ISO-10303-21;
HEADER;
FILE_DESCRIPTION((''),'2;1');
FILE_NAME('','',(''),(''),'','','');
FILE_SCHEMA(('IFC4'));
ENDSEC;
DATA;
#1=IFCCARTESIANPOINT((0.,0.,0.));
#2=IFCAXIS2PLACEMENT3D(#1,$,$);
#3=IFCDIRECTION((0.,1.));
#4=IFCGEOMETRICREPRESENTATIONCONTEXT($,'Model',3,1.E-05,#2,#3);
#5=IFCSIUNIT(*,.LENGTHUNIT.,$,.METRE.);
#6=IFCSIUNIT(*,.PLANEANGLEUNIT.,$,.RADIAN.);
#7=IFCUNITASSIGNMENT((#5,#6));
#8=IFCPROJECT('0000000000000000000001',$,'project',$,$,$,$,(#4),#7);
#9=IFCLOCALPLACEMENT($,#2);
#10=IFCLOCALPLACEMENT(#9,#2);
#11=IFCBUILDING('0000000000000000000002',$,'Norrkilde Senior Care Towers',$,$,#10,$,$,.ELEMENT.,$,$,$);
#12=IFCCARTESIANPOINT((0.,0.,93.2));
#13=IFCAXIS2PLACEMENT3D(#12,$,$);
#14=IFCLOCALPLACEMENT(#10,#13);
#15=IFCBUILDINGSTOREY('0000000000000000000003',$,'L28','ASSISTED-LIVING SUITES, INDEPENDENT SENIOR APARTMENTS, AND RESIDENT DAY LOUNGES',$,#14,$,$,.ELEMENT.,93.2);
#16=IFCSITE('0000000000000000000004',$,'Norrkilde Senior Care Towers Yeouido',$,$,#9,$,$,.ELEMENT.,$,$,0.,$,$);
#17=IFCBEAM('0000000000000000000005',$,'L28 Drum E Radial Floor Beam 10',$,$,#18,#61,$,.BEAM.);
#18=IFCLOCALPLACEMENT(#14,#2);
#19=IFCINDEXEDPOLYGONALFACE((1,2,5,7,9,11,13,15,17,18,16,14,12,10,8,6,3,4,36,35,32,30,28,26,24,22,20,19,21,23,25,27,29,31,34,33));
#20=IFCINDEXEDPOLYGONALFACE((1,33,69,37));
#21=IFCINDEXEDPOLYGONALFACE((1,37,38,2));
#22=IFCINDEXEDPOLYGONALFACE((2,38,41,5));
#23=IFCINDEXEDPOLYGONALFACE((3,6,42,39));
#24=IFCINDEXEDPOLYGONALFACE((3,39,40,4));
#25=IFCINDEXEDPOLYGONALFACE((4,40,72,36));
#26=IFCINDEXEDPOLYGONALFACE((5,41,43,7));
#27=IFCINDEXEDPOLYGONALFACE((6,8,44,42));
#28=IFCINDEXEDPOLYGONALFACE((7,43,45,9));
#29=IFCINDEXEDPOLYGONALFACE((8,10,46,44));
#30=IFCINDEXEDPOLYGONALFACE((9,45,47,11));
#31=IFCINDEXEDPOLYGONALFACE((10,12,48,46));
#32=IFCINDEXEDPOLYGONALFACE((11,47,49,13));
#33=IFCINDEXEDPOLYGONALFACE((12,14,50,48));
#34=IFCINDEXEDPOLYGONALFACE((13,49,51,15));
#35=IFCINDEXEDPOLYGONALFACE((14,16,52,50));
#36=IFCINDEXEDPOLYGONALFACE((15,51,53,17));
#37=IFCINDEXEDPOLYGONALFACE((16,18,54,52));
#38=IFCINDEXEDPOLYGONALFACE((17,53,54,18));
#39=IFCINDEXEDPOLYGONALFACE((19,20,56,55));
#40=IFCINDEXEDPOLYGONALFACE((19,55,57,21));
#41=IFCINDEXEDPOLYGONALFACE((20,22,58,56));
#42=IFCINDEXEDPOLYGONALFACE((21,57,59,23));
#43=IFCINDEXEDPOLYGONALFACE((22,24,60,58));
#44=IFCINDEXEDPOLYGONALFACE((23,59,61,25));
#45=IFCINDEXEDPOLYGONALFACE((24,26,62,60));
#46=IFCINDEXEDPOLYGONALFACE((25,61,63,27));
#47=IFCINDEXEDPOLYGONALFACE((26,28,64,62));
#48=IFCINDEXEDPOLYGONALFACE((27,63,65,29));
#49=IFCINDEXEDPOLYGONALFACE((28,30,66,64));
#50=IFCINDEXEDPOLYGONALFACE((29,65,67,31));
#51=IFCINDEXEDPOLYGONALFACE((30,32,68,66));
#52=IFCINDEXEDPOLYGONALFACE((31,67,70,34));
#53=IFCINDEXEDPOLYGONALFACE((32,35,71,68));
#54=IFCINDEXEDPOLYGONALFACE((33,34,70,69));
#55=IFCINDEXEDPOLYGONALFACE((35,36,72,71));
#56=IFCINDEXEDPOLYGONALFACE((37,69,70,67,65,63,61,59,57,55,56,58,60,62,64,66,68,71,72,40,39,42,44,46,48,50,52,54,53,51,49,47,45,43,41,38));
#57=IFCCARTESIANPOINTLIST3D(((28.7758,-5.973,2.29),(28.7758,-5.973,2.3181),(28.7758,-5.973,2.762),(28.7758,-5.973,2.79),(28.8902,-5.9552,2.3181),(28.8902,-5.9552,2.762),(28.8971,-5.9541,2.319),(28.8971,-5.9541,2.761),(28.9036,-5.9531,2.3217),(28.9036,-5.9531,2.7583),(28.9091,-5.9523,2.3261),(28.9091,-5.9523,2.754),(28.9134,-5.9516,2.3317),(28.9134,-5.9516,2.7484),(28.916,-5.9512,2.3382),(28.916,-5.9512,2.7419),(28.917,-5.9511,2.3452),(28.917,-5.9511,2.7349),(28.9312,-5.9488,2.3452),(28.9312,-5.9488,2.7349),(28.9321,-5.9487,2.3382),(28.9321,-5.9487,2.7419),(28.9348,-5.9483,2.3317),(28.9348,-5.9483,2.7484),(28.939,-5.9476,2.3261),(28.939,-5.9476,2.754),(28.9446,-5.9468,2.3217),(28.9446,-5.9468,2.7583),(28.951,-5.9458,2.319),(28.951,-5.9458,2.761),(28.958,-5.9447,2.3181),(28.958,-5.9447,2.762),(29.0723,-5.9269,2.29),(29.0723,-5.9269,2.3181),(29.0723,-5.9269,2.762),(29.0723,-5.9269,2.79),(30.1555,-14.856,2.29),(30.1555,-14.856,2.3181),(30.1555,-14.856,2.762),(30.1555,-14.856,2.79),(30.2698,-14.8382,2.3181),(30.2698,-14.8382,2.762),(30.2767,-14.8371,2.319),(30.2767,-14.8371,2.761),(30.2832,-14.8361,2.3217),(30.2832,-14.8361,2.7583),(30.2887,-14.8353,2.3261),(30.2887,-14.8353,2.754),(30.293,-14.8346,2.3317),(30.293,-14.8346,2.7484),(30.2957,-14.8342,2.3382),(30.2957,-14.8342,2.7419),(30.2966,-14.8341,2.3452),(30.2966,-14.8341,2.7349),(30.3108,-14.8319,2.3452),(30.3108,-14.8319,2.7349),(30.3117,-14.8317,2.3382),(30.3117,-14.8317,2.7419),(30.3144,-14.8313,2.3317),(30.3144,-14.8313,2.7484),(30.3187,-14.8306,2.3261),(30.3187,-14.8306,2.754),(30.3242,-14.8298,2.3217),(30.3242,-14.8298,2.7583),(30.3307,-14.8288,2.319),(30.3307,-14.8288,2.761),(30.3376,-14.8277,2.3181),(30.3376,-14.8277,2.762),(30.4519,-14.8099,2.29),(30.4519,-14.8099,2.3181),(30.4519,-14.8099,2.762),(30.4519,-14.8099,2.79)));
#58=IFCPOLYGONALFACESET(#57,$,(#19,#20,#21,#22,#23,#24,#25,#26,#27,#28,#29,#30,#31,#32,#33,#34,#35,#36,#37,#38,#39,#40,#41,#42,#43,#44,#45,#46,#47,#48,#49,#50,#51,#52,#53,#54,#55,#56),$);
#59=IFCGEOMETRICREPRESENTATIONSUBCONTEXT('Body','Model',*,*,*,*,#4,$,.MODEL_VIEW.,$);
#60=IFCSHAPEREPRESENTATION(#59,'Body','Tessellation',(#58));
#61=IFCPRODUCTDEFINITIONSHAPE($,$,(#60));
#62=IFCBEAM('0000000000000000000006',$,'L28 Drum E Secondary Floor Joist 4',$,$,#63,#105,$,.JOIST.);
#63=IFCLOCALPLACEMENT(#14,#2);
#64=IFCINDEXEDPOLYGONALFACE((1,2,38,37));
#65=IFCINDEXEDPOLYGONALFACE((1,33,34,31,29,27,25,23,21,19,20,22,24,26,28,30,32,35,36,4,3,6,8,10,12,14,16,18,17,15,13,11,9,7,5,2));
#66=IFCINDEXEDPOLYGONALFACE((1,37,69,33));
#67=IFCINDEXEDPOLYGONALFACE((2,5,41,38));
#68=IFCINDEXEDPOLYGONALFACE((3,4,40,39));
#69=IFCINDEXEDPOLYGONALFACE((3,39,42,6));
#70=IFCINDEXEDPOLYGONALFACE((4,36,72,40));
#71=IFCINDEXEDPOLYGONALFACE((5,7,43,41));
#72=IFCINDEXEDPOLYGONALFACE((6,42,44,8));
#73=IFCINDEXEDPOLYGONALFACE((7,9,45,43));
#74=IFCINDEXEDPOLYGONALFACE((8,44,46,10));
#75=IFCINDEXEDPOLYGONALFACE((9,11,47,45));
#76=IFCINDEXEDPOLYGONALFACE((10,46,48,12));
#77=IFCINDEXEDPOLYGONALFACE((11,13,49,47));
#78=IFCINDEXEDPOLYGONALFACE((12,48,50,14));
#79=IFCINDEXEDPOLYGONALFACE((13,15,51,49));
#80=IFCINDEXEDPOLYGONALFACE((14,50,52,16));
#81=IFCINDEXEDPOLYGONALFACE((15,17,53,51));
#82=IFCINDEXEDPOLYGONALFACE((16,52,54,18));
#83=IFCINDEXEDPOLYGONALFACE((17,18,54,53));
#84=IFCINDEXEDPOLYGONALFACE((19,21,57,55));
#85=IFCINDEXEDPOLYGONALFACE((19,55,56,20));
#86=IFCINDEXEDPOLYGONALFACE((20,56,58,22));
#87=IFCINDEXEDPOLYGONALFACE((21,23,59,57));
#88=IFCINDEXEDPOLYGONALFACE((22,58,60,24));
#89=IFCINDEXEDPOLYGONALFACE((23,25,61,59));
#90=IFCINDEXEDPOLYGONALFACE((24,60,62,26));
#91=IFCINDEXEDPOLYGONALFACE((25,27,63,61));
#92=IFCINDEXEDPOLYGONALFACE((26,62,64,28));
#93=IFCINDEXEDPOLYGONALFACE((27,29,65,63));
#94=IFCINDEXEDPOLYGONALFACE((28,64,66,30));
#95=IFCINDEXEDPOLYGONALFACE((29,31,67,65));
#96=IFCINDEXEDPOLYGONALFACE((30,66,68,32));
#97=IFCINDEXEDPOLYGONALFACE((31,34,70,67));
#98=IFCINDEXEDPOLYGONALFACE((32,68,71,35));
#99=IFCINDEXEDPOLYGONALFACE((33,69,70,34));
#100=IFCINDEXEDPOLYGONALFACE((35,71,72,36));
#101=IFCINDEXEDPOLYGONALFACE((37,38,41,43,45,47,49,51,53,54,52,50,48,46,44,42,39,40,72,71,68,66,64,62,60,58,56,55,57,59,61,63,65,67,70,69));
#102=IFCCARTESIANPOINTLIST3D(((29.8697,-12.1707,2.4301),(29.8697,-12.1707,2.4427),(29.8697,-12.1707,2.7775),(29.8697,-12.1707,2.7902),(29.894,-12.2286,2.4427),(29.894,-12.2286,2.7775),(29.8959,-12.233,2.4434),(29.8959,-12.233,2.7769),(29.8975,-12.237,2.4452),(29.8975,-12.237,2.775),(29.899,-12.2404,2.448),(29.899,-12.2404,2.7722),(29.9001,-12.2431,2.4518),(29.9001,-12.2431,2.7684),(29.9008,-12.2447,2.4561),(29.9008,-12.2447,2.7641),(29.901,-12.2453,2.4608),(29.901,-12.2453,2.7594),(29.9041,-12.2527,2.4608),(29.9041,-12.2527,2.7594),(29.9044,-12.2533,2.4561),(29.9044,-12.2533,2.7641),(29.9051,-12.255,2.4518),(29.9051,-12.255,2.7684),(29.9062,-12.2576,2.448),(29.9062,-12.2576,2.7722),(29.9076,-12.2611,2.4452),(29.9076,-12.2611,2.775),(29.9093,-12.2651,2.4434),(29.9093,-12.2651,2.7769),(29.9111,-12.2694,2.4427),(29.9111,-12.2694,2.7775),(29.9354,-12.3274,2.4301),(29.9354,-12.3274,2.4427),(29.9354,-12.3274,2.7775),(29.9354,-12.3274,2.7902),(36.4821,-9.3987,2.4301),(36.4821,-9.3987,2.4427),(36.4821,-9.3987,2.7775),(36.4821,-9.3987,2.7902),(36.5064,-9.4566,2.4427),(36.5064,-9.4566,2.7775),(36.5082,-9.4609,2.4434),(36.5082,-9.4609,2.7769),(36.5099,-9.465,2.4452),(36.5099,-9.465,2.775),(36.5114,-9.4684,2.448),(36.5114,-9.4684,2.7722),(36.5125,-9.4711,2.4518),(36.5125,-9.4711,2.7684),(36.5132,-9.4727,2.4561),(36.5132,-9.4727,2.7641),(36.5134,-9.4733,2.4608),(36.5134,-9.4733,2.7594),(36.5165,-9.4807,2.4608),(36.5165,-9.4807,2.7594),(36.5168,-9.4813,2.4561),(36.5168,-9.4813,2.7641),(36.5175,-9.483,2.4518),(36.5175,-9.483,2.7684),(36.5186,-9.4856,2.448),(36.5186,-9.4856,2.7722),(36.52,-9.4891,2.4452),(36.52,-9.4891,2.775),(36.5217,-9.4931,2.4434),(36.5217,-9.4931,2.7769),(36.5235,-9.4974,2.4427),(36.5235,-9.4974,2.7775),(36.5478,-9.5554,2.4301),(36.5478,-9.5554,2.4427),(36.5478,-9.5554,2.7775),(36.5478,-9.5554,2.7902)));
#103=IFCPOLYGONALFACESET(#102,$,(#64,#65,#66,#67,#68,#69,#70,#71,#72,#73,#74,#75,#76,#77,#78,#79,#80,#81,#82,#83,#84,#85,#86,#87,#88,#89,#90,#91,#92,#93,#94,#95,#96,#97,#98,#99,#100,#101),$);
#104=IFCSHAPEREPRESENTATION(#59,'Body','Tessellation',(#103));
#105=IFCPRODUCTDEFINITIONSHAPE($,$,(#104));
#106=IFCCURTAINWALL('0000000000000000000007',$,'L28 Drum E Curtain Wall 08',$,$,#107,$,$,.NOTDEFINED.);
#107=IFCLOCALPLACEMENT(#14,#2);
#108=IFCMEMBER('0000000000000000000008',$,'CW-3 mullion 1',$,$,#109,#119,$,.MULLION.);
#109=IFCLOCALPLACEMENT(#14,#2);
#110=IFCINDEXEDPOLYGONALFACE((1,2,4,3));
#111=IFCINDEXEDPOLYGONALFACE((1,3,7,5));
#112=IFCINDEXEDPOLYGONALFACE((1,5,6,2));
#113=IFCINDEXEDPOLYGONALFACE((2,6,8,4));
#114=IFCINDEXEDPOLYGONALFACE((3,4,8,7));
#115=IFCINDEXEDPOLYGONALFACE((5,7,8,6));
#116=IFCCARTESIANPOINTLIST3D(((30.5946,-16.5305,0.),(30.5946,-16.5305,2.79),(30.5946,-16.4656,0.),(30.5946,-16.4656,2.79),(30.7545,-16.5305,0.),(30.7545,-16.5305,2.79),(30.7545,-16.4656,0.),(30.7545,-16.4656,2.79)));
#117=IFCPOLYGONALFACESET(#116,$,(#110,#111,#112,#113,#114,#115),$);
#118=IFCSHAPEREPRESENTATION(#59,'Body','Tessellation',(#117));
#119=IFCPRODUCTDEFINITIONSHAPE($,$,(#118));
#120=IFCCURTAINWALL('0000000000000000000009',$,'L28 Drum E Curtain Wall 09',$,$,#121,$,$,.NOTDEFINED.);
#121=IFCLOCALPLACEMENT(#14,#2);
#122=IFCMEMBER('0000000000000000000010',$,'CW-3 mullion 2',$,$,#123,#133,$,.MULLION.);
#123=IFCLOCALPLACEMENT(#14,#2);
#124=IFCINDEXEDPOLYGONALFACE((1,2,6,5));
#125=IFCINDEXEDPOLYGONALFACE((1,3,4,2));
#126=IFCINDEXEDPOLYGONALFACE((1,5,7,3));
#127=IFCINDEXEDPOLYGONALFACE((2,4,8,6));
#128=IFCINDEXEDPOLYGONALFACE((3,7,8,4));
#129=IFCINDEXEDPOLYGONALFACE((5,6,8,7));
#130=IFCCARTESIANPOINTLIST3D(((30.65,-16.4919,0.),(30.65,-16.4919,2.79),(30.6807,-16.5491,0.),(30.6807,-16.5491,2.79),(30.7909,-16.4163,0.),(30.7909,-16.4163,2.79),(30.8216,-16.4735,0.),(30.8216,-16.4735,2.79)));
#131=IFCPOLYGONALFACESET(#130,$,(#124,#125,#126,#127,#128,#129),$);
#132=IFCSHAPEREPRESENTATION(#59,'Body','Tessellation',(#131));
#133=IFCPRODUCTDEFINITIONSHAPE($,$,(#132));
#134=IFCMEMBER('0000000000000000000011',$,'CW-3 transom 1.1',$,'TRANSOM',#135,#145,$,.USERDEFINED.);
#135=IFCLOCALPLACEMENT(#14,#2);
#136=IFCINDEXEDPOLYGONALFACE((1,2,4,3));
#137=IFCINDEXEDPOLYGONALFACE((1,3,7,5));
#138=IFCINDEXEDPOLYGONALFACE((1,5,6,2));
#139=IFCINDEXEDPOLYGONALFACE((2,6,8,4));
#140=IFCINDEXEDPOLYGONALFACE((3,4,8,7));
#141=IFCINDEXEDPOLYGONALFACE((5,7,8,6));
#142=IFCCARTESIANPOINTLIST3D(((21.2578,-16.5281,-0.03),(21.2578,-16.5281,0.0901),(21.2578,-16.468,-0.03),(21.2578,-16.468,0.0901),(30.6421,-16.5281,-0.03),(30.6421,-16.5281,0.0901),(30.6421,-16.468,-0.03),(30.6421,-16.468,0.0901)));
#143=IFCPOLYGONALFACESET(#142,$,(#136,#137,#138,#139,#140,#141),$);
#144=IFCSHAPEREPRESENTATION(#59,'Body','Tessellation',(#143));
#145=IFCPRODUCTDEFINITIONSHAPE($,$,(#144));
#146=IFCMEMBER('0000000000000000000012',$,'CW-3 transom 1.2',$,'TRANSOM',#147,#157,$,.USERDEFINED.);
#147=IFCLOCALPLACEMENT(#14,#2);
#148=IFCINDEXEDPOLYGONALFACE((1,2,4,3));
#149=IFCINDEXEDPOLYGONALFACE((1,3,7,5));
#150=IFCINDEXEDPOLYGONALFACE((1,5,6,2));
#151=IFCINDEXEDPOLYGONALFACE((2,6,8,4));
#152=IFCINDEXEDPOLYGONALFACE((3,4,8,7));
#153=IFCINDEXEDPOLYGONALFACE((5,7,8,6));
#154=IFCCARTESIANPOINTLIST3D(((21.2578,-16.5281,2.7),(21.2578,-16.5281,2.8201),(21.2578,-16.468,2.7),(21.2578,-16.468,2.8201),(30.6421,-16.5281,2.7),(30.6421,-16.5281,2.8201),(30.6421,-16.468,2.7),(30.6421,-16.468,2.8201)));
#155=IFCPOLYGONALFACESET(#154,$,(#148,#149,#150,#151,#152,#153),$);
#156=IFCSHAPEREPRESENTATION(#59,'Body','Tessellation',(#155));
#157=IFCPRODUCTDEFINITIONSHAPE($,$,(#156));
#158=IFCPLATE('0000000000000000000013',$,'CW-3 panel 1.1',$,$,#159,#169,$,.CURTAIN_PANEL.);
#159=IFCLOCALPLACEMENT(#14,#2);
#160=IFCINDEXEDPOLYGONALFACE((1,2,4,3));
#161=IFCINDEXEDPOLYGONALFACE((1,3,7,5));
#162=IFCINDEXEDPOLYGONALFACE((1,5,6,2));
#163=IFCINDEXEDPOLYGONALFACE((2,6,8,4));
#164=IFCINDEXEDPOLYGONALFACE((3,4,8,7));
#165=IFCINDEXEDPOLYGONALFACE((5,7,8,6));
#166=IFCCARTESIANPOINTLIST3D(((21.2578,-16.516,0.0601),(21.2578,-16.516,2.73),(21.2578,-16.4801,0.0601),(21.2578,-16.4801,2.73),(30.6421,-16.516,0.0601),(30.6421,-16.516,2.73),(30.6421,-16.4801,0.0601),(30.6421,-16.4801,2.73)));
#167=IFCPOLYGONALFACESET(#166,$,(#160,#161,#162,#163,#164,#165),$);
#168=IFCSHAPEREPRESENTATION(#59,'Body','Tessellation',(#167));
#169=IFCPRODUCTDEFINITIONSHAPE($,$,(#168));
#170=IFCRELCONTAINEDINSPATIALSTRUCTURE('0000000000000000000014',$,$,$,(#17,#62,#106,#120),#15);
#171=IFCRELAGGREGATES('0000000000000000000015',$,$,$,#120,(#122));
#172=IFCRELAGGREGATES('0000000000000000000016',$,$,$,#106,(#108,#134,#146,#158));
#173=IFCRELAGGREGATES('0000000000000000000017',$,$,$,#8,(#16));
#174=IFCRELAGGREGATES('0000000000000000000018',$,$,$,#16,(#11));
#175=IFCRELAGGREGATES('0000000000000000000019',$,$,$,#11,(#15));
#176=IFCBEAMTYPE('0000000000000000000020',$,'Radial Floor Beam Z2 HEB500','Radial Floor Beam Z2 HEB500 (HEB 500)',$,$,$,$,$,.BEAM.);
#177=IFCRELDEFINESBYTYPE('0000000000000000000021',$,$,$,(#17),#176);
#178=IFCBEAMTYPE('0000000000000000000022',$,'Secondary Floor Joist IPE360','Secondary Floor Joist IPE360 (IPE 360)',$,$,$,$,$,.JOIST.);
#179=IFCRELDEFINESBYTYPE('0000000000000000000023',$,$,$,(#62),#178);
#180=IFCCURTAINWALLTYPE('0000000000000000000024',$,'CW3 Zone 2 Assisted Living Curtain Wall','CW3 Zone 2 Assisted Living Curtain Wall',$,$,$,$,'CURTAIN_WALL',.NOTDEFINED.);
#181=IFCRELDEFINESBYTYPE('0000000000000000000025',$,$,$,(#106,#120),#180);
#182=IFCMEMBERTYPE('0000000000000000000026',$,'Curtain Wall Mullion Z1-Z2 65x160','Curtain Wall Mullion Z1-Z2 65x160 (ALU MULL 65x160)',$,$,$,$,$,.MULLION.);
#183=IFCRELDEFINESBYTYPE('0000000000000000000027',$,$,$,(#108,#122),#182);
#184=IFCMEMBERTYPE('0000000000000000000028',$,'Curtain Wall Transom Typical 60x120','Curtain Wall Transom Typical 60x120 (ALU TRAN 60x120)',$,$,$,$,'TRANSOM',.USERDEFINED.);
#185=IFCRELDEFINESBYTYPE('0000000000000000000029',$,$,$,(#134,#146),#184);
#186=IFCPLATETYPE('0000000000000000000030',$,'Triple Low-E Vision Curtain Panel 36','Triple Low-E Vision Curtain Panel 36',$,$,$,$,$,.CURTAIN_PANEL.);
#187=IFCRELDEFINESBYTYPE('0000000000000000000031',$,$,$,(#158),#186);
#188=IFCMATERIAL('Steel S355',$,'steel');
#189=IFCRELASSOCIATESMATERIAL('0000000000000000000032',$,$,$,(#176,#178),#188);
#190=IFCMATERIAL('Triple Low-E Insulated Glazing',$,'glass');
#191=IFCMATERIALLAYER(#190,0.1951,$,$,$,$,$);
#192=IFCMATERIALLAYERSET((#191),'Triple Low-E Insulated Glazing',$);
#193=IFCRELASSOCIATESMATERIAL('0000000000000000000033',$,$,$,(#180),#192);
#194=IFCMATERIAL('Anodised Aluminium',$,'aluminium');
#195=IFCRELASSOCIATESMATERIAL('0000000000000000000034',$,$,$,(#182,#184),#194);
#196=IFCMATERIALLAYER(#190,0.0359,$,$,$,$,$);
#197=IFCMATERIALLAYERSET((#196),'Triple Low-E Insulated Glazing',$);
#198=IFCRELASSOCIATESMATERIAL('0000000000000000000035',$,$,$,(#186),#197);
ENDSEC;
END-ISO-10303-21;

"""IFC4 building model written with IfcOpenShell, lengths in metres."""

from ifc_helpers import new_model, si_unit, direction, frame, origin, origin_2d, place, context, subcontext, project, spatial, rectangle, i_section, extrude, source, transform, mapped, material, layer, layer_set, material_profile, profile_set, type_object, type_shapes, element, aggregate, save


model = new_model("IFC4")

# Units and contexts
model_context = context("Model", 3, precision=1e-05, world=origin(), true_north=direction((0.0, 1.0)))
body_context = subcontext(model_context, "Body", "Model", "MODEL_VIEW")
ifc_project = project(units=[si_unit("LENGTHUNIT", "METRE"), si_unit("PLANEANGLEUNIT", "RADIAN")], contexts=[model_context])

# Site, building, storey
site_placement = place(None, origin())
site = spatial("IfcSite", under=ifc_project, at=site_placement, Name="Norrkilde Senior Care Towers Yeouido", CompositionType="ELEMENT", RefElevation=0.0)
building_placement = place(site_placement, origin())
building = spatial("IfcBuilding", under=site, at=building_placement, Name="Norrkilde Senior Care Towers", CompositionType="ELEMENT")
storey_placement = place(building_placement, frame((0.0, 0.0, 93.2)))
storey = spatial("IfcBuildingStorey", under=building, at=storey_placement, Name="L28", Description="ASSISTED-LIVING SUITES, INDEPENDENT SENIOR APARTMENTS, AND RESIDENT DAY LOUNGES", CompositionType="ELEMENT", Elevation=93.2)

# Beams
ifc_material_1 = material(Name="Steel S355", Category="steel")
ifc_material_profile_1 = material_profile(ifc_material_1, i_section(OverallWidth=0.3, OverallDepth=0.5, WebThickness=0.0144, FlangeThickness=0.0281, FilletRadius=0.0271, at=origin_2d()), Name="HEB 500")
ifc_profile_set_1 = profile_set([ifc_material_profile_1], Name="Steel S355")
beam_type_1 = type_object("IfcBeamType", Name="Radial Floor Beam Z2 HEB500", Description="Radial Floor Beam Z2 HEB500 (HEB 500)", PredefinedType="BEAM", material=ifc_profile_set_1)
shared_shape_1 = source(origin(), body_context, "Body", "SweptSolid", [
    extrude(i_section(OverallWidth=0.3, OverallDepth=0.5, WebThickness=0.0144, FlangeThickness=0.0281, FilletRadius=0.0271, at=origin_2d()), origin(), (0.0, 0.0, 1.0), 8.9895),
])
beam_1_placement = place(storey_placement, frame((28.9241, -5.95, 2.54), z_axis=(0.153471, -0.988153, 0.0), x_axis=(0.988153, 0.153471, 0.0)))
element("IfcBeam", 1, at=beam_1_placement, inside=storey, type_object=beam_type_1, Name="L28 Drum E Radial Floor Beam 10", PredefinedType="BEAM", context=body_context, shape_type="MappedRepresentation", body=[
    mapped(shared_shape_1, transform((0.0, 0.0, 0.0), x_axis=(1.0, 0.0, 0.0), y_axis=(0.0, 1.0, 0.0), z_axis=(0.0, 0.0, 1.0), scale=1.0)),
])
ifc_material_profile_2 = material_profile(ifc_material_1, i_section(OverallWidth=0.1699, OverallDepth=0.3601, WebThickness=0.0081, FlangeThickness=0.0127, FilletRadius=0.0181, at=origin_2d()), Name="IPE 360")
ifc_profile_set_2 = profile_set([ifc_material_profile_2], Name="Steel S355")
beam_type_2 = type_object("IfcBeamType", Name="Secondary Floor Joist IPE360", Description="Secondary Floor Joist IPE360 (IPE 360)", PredefinedType="JOIST", material=ifc_profile_set_2)
shared_shape_2 = source(origin(), body_context, "Body", "SweptSolid", [
    extrude(i_section(OverallWidth=0.1699, OverallDepth=0.3601, WebThickness=0.0081, FlangeThickness=0.0127, FilletRadius=0.0181, at=origin_2d()), origin(), (0.0, 0.0, 1.0), 7.1699),
])
type_shapes(beam_type_2, [shared_shape_2])
beam_2_placement = place(storey_placement, frame((29.9026, -12.249, 2.6101), z_axis=(0.922241, 0.386616, 0.0), x_axis=(-0.386616, 0.922241, 0.0)))
element("IfcBeam", 2, at=beam_2_placement, inside=storey, type_object=beam_type_2, Name="L28 Drum E Secondary Floor Joist 4", PredefinedType="JOIST", context=body_context, shape_type="MappedRepresentation", body=[
    mapped(shared_shape_2, transform((0.0, 0.0, 0.0), x_axis=(1.0, 0.0, 0.0), y_axis=(0.0, 1.0, 0.0), z_axis=(0.0, 0.0, 1.0), scale=1.0)),
])

# Curtain walls, members
ifc_material_2 = material(Name="Triple Low-E Insulated Glazing", Category="glass")
ifc_layer_1 = layer(ifc_material_2, 0.1951)
ifc_layer_set_1 = layer_set([ifc_layer_1], Name="Triple Low-E Insulated Glazing")
curtain_wall_type = type_object("IfcCurtainWallType", Name="CW3 Zone 2 Assisted Living Curtain Wall", Description="CW3 Zone 2 Assisted Living Curtain Wall", ElementType="CURTAIN_WALL", PredefinedType="NOTDEFINED", material=ifc_layer_set_1)
curtain_wall_1_placement = place(storey_placement, origin())
curtain_wall_1 = element("IfcCurtainWall", 3, at=curtain_wall_1_placement, inside=storey, type_object=curtain_wall_type, Name="L28 Drum E Curtain Wall 08", PredefinedType="NOTDEFINED")
ifc_material_3 = material(Name="Anodised Aluminium", Category="aluminium")
ifc_material_profile_3 = material_profile(ifc_material_3, rectangle(XDim=0.0649, YDim=0.1599, at=origin_2d()), Name="ALU MULL 65x160")
ifc_profile_set_3 = profile_set([ifc_material_profile_3], Name="Anodised Aluminium")
member_type_1 = type_object("IfcMemberType", Name="Curtain Wall Mullion Z1-Z2 65x160", Description="Curtain Wall Mullion Z1-Z2 65x160 (ALU MULL 65x160)", PredefinedType="MULLION", material=ifc_profile_set_3)
shared_shape_3 = source(origin(), body_context, "Body", "SweptSolid", [
    extrude(rectangle(XDim=0.0649, YDim=0.1599, at=origin_2d()), origin(), (0.0, 0.0, 1.0), 2.79),
])
type_shapes(member_type_1, [shared_shape_3])
member_1_placement = place(storey_placement, frame((30.6746, -16.498, 0.0), z_axis=(0.0, 0.0, 1.0), x_axis=(0.0, -1.0, 0.0)))
member_1 = element("IfcMember", 4, at=member_1_placement, type_object=member_type_1, Name="CW-3 mullion 1", PredefinedType="MULLION", context=body_context, shape_type="MappedRepresentation", body=[
    mapped(shared_shape_3, transform((0.0, 0.0, 0.0), x_axis=(1.0, 0.0, 0.0), y_axis=(0.0, 1.0, 0.0), z_axis=(0.0, 0.0, 1.0), scale=1.0)),
])
curtain_wall_2_placement = place(storey_placement, origin())
curtain_wall_2 = element("IfcCurtainWall", 5, at=curtain_wall_2_placement, inside=storey, type_object=curtain_wall_type, Name="L28 Drum E Curtain Wall 09", PredefinedType="NOTDEFINED")
member_2_placement = place(storey_placement, frame((30.7358, -16.4827, 0.0), z_axis=(0.0, 0.0, 1.0), x_axis=(0.472769, -0.881186, 0.0)))
member_2 = element("IfcMember", 6, at=member_2_placement, type_object=member_type_1, Name="CW-3 mullion 2", PredefinedType="MULLION", context=body_context, shape_type="MappedRepresentation", body=[
    mapped(shared_shape_3, transform((0.0, 0.0, 0.0), x_axis=(1.0, 0.0, 0.0), y_axis=(0.0, 1.0, 0.0), z_axis=(0.0, 0.0, 1.0), scale=1.0)),
])
aggregate(curtain_wall_2, [member_2])

# Members
ifc_material_profile_4 = material_profile(ifc_material_3, rectangle(XDim=0.0601, YDim=0.1201, at=origin_2d()), Name="ALU TRAN 60x120")
ifc_profile_set_4 = profile_set([ifc_material_profile_4], Name="Anodised Aluminium")
member_type_2 = type_object("IfcMemberType", Name="Curtain Wall Transom Typical 60x120", Description="Curtain Wall Transom Typical 60x120 (ALU TRAN 60x120)", ElementType="TRANSOM", PredefinedType="USERDEFINED", material=ifc_profile_set_4)
shared_shape_4 = source(origin(), body_context, "Body", "SweptSolid", [
    extrude(rectangle(XDim=0.0601, YDim=0.1201, at=origin_2d()), origin(), (0.0, 0.0, 1.0), 9.3843),
])
type_shapes(member_type_2, [shared_shape_4])
member_3_placement = place(storey_placement, frame((30.6421, -16.498, 0.03), z_axis=(-1.0, 0.0, 0.0), x_axis=(0.0, -1.0, 0.0)))
member_3 = element("IfcMember", 7, at=member_3_placement, type_object=member_type_2, Name="CW-3 transom 1.1", ObjectType="TRANSOM", PredefinedType="USERDEFINED", context=body_context, shape_type="MappedRepresentation", body=[
    mapped(shared_shape_4, transform((0.0, 0.0, 0.0), x_axis=(1.0, 0.0, 0.0), y_axis=(0.0, 1.0, 0.0), z_axis=(0.0, 0.0, 1.0), scale=1.0)),
])
member_4_placement = place(storey_placement, frame((30.6421, -16.498, 2.76), z_axis=(-1.0, 0.0, 0.0), x_axis=(0.0, -1.0, 0.0)))
member_4 = element("IfcMember", 8, at=member_4_placement, type_object=member_type_2, Name="CW-3 transom 1.2", ObjectType="TRANSOM", PredefinedType="USERDEFINED", context=body_context, shape_type="MappedRepresentation", body=[
    mapped(shared_shape_4, transform((0.0, 0.0, 0.0), x_axis=(1.0, 0.0, 0.0), y_axis=(0.0, 1.0, 0.0), z_axis=(0.0, 0.0, 1.0), scale=1.0)),
])

# Plate
ifc_layer_2 = layer(ifc_material_2, 0.0359)
ifc_layer_set_2 = layer_set([ifc_layer_2], Name="Triple Low-E Insulated Glazing")
plate_type = type_object("IfcPlateType", Name="Triple Low-E Vision Curtain Panel 36", Description="Triple Low-E Vision Curtain Panel 36", PredefinedType="CURTAIN_PANEL", material=ifc_layer_set_2)
shared_shape_5 = source(origin(), body_context, "Body", "SweptSolid", [
    extrude(rectangle(XDim=9.3843, YDim=0.0359, at=origin_2d()), origin(), (0.0, 0.0, 1.0), 2.6699),
])
type_shapes(plate_type, [shared_shape_5])
plate_placement = place(storey_placement, frame((25.95, -16.498, 0.0601), z_axis=(0.0, 0.0, 1.0), x_axis=(-1.0, 0.0, 0.0)))
plate = element("IfcPlate", 9, at=plate_placement, type_object=plate_type, Name="CW-3 panel 1.1", PredefinedType="CURTAIN_PANEL", context=body_context, shape_type="MappedRepresentation", body=[
    mapped(shared_shape_5, transform((0.0, 0.0, 0.0), x_axis=(1.0, 0.0, 0.0), y_axis=(0.0, 1.0, 0.0), z_axis=(0.0, 0.0, 1.0), scale=1.0)),
])
aggregate(curtain_wall_1, [member_1, member_3, member_4, plate])

save(model, "model.ifc")
